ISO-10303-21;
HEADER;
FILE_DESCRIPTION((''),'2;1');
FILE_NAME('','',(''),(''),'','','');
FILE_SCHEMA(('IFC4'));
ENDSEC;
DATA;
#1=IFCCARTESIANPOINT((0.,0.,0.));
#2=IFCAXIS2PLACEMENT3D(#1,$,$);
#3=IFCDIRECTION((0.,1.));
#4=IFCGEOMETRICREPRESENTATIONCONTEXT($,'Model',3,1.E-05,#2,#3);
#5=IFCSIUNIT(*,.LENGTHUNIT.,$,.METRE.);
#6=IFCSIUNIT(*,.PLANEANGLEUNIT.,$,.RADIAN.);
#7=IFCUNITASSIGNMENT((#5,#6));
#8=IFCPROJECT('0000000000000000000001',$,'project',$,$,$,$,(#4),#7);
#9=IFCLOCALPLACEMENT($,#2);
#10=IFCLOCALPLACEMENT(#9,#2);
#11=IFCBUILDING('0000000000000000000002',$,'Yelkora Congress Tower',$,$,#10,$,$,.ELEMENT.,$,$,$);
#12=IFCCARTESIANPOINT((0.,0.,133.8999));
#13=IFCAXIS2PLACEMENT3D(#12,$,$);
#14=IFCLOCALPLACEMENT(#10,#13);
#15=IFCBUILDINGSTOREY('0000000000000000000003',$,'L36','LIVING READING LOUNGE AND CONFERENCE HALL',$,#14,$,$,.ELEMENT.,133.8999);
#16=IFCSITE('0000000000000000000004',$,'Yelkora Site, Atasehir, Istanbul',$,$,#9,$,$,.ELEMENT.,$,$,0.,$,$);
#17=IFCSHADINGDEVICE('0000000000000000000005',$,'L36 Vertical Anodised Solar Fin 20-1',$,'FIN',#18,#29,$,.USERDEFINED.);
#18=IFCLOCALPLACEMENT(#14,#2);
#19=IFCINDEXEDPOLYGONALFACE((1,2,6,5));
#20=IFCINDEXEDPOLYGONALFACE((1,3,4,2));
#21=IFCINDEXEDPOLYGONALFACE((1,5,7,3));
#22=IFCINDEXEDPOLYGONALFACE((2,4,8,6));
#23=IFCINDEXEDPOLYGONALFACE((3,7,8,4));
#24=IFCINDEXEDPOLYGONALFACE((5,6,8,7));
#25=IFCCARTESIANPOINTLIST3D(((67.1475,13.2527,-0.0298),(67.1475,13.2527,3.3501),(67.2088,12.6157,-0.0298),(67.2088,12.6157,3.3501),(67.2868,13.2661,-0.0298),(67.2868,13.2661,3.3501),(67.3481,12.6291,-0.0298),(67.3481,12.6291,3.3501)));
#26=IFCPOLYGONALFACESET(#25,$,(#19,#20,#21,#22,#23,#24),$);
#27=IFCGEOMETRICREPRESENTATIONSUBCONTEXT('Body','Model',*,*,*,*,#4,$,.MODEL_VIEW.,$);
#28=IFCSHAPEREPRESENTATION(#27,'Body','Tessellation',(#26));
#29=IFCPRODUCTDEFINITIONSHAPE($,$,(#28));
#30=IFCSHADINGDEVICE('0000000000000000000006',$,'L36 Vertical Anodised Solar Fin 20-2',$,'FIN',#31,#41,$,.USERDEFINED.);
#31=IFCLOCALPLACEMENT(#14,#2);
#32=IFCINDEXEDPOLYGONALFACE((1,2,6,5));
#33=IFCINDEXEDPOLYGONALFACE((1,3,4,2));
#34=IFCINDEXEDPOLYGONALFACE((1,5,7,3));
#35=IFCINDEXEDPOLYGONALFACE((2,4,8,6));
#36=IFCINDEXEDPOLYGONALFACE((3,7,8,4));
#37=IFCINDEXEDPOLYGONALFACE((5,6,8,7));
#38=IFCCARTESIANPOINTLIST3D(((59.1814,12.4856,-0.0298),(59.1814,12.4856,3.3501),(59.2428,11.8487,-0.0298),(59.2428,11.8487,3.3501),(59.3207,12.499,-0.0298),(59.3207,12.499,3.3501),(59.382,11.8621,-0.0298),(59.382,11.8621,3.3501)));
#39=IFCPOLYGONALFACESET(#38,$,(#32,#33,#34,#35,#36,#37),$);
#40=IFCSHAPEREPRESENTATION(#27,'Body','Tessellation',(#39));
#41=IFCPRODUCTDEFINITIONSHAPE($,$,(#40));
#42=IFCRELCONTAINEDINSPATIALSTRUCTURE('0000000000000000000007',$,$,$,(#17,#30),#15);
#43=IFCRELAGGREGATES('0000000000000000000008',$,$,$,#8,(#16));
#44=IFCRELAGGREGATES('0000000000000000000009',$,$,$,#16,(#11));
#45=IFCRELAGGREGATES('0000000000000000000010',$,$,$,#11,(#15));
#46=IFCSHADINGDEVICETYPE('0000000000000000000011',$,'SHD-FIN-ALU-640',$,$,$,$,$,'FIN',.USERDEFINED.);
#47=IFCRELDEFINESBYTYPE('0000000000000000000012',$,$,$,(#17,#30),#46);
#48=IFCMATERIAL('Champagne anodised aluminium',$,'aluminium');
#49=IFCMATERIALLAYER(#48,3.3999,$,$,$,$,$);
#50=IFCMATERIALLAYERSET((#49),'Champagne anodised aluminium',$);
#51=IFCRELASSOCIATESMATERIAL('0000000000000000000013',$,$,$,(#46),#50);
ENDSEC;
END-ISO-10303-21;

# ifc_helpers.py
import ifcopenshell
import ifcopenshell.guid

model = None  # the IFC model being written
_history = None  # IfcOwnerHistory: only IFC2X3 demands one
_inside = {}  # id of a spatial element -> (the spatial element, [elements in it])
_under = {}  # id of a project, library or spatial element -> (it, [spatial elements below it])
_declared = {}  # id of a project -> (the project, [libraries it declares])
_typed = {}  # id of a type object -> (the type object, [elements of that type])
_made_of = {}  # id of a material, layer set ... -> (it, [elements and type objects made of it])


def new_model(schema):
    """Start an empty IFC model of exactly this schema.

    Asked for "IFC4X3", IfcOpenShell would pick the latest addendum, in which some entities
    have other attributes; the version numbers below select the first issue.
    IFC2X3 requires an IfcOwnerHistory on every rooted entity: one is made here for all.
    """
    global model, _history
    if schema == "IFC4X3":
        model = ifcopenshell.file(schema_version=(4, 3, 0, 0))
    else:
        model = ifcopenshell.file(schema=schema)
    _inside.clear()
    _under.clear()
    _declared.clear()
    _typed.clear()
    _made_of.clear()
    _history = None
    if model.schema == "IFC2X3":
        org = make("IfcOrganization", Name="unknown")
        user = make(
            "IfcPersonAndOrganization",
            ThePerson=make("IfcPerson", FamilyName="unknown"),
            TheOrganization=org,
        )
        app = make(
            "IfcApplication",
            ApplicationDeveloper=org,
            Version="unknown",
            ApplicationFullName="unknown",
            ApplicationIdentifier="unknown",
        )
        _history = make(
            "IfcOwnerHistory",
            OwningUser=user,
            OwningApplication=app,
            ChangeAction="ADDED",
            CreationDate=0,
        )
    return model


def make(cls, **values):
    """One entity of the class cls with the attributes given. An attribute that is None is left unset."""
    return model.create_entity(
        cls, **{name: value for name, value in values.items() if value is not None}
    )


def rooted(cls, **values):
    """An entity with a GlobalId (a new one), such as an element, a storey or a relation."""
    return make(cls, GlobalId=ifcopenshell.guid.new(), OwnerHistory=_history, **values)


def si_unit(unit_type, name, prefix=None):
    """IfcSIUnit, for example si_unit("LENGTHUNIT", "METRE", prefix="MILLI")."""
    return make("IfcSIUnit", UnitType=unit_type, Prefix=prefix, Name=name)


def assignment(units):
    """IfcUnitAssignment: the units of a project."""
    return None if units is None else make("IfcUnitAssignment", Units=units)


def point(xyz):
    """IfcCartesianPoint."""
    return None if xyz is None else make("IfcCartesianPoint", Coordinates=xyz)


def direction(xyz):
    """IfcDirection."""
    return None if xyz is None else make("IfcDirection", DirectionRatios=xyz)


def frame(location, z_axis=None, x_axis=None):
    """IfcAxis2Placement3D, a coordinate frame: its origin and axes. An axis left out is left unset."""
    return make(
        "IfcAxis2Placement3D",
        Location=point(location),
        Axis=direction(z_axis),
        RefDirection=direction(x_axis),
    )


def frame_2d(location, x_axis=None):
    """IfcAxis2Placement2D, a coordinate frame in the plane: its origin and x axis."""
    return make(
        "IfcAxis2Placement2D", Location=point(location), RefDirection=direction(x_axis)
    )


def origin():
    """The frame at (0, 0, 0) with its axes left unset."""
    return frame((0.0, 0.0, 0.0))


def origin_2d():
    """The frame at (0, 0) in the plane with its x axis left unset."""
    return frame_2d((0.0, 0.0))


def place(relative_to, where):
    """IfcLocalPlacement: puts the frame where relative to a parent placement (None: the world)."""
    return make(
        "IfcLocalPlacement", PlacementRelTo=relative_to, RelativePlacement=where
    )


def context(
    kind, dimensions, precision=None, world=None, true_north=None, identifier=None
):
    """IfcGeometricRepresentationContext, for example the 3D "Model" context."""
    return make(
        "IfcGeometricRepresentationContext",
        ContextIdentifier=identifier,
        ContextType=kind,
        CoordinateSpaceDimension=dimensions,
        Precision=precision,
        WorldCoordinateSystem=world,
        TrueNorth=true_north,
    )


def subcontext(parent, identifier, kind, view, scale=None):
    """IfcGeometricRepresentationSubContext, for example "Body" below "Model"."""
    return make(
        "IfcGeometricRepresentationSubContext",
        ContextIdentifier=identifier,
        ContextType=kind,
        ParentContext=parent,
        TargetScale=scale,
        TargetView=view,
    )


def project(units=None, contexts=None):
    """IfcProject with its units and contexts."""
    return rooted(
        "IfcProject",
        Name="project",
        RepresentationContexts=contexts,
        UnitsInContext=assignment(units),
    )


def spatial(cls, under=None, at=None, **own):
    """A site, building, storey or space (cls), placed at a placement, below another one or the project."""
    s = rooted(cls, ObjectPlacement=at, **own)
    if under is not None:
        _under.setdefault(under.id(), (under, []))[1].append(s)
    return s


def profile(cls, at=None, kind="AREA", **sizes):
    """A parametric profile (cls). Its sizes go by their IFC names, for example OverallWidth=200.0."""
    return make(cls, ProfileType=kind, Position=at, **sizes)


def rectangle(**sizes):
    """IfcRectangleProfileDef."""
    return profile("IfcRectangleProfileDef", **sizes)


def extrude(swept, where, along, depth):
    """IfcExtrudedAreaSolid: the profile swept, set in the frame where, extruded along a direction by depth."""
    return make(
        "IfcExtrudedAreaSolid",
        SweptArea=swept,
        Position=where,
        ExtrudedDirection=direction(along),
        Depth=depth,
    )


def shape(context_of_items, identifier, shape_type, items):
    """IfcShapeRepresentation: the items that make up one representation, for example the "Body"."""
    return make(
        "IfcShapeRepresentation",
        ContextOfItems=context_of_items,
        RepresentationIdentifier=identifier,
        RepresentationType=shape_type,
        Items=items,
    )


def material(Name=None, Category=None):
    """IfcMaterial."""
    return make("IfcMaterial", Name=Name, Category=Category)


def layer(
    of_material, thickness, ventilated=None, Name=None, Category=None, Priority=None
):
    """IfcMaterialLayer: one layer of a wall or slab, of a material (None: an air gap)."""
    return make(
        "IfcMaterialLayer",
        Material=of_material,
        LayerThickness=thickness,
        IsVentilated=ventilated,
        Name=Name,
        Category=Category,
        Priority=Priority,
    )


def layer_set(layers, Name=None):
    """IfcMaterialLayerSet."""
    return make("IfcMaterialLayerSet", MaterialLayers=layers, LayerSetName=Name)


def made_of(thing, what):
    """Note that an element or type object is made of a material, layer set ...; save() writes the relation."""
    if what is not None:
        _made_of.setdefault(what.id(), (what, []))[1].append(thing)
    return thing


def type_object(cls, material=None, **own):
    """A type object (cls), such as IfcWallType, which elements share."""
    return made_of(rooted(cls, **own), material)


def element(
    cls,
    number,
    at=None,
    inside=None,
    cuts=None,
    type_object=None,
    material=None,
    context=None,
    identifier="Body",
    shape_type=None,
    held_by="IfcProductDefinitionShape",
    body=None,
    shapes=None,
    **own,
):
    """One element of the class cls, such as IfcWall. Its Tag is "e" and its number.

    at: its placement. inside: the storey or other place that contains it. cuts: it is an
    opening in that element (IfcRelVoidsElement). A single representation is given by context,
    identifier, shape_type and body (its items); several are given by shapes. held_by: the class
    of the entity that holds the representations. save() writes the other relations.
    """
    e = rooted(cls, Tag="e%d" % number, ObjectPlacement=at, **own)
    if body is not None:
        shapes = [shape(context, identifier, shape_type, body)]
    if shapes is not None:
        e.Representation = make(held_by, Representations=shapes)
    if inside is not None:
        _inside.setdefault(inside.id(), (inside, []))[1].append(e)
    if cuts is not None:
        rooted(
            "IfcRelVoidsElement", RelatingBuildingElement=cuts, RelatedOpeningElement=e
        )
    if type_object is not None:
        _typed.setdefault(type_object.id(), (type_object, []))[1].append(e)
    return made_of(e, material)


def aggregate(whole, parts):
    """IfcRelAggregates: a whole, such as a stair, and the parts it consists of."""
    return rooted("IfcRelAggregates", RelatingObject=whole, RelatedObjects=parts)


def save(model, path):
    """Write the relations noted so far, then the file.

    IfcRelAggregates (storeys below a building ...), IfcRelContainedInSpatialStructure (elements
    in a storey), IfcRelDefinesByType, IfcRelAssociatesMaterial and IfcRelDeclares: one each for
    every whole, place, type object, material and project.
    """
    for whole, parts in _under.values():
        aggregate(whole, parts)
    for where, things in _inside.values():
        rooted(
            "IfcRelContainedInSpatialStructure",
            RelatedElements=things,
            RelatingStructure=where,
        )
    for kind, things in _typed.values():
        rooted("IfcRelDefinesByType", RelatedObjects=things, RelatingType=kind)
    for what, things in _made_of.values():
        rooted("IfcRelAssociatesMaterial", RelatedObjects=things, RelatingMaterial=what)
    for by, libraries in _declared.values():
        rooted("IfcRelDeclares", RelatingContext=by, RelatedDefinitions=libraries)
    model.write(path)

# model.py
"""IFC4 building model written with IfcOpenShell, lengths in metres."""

from ifc_helpers import new_model, si_unit, direction, frame, origin, origin_2d, place, context, subcontext, project, spatial, rectangle, extrude, material, layer, layer_set, type_object, element, save


model = new_model("IFC4")

# Units and contexts
model_context = context("Model", 3, precision=1e-05, world=origin(), true_north=direction((0.0, 1.0)))
body_context = subcontext(model_context, "Body", "Model", "MODEL_VIEW")
ifc_project = project(units=[si_unit("LENGTHUNIT", "METRE"), si_unit("PLANEANGLEUNIT", "RADIAN")], contexts=[model_context])

# Site, building, storey
site_placement = place(None, origin())
site = spatial("IfcSite", under=ifc_project, at=site_placement, Name="Yelkora Site, Atasehir, Istanbul", CompositionType="ELEMENT", RefElevation=0.0)
building_placement = place(site_placement, origin())
building = spatial("IfcBuilding", under=site, at=building_placement, Name="Yelkora Congress Tower", CompositionType="ELEMENT")
storey_placement = place(building_placement, frame((0.0, 0.0, 133.8999)))
storey = spatial("IfcBuildingStorey", under=building, at=storey_placement, Name="L36", Description="LIVING READING LOUNGE AND CONFERENCE HALL", CompositionType="ELEMENT", Elevation=133.8999)

# Shading devices
ifc_material_1 = material(Name="Champagne anodised aluminium", Category="aluminium")
ifc_layer_1 = layer(ifc_material_1, 3.3999)
ifc_layer_set_1 = layer_set([ifc_layer_1], Name="Champagne anodised aluminium")
shading_device_type = type_object("IfcShadingDeviceType", Name="SHD-FIN-ALU-640", ElementType="FIN", PredefinedType="USERDEFINED", material=ifc_layer_set_1)
for number, where, z_axis, x_axis, name in (
    (1, (67.2478, 12.9409, -0.0298), (0.0, 0.0, 1.0), (-0.995396, -0.095846, 0.0), "L36 Vertical Anodised Solar Fin 20-1"),
    (2, (59.2817, 12.1738, -0.0298), (0.0, 0.0, 1.0), (-0.995396, -0.095846, 0.0), "L36 Vertical Anodised Solar Fin 20-2"),
):
    element("IfcShadingDevice", number, at=place(storey_placement, frame(where, z_axis=z_axis, x_axis=x_axis)), inside=storey, type_object=shading_device_type, Name=name, ObjectType="FIN", PredefinedType="USERDEFINED", context=body_context, shape_type="SweptSolid", body=[
        extrude(rectangle(XDim=0.1399, YDim=0.6399, at=origin_2d()), origin(), (0.0, 0.0, 1.0), 3.3799),
    ])

save(model, "model.ifc")
